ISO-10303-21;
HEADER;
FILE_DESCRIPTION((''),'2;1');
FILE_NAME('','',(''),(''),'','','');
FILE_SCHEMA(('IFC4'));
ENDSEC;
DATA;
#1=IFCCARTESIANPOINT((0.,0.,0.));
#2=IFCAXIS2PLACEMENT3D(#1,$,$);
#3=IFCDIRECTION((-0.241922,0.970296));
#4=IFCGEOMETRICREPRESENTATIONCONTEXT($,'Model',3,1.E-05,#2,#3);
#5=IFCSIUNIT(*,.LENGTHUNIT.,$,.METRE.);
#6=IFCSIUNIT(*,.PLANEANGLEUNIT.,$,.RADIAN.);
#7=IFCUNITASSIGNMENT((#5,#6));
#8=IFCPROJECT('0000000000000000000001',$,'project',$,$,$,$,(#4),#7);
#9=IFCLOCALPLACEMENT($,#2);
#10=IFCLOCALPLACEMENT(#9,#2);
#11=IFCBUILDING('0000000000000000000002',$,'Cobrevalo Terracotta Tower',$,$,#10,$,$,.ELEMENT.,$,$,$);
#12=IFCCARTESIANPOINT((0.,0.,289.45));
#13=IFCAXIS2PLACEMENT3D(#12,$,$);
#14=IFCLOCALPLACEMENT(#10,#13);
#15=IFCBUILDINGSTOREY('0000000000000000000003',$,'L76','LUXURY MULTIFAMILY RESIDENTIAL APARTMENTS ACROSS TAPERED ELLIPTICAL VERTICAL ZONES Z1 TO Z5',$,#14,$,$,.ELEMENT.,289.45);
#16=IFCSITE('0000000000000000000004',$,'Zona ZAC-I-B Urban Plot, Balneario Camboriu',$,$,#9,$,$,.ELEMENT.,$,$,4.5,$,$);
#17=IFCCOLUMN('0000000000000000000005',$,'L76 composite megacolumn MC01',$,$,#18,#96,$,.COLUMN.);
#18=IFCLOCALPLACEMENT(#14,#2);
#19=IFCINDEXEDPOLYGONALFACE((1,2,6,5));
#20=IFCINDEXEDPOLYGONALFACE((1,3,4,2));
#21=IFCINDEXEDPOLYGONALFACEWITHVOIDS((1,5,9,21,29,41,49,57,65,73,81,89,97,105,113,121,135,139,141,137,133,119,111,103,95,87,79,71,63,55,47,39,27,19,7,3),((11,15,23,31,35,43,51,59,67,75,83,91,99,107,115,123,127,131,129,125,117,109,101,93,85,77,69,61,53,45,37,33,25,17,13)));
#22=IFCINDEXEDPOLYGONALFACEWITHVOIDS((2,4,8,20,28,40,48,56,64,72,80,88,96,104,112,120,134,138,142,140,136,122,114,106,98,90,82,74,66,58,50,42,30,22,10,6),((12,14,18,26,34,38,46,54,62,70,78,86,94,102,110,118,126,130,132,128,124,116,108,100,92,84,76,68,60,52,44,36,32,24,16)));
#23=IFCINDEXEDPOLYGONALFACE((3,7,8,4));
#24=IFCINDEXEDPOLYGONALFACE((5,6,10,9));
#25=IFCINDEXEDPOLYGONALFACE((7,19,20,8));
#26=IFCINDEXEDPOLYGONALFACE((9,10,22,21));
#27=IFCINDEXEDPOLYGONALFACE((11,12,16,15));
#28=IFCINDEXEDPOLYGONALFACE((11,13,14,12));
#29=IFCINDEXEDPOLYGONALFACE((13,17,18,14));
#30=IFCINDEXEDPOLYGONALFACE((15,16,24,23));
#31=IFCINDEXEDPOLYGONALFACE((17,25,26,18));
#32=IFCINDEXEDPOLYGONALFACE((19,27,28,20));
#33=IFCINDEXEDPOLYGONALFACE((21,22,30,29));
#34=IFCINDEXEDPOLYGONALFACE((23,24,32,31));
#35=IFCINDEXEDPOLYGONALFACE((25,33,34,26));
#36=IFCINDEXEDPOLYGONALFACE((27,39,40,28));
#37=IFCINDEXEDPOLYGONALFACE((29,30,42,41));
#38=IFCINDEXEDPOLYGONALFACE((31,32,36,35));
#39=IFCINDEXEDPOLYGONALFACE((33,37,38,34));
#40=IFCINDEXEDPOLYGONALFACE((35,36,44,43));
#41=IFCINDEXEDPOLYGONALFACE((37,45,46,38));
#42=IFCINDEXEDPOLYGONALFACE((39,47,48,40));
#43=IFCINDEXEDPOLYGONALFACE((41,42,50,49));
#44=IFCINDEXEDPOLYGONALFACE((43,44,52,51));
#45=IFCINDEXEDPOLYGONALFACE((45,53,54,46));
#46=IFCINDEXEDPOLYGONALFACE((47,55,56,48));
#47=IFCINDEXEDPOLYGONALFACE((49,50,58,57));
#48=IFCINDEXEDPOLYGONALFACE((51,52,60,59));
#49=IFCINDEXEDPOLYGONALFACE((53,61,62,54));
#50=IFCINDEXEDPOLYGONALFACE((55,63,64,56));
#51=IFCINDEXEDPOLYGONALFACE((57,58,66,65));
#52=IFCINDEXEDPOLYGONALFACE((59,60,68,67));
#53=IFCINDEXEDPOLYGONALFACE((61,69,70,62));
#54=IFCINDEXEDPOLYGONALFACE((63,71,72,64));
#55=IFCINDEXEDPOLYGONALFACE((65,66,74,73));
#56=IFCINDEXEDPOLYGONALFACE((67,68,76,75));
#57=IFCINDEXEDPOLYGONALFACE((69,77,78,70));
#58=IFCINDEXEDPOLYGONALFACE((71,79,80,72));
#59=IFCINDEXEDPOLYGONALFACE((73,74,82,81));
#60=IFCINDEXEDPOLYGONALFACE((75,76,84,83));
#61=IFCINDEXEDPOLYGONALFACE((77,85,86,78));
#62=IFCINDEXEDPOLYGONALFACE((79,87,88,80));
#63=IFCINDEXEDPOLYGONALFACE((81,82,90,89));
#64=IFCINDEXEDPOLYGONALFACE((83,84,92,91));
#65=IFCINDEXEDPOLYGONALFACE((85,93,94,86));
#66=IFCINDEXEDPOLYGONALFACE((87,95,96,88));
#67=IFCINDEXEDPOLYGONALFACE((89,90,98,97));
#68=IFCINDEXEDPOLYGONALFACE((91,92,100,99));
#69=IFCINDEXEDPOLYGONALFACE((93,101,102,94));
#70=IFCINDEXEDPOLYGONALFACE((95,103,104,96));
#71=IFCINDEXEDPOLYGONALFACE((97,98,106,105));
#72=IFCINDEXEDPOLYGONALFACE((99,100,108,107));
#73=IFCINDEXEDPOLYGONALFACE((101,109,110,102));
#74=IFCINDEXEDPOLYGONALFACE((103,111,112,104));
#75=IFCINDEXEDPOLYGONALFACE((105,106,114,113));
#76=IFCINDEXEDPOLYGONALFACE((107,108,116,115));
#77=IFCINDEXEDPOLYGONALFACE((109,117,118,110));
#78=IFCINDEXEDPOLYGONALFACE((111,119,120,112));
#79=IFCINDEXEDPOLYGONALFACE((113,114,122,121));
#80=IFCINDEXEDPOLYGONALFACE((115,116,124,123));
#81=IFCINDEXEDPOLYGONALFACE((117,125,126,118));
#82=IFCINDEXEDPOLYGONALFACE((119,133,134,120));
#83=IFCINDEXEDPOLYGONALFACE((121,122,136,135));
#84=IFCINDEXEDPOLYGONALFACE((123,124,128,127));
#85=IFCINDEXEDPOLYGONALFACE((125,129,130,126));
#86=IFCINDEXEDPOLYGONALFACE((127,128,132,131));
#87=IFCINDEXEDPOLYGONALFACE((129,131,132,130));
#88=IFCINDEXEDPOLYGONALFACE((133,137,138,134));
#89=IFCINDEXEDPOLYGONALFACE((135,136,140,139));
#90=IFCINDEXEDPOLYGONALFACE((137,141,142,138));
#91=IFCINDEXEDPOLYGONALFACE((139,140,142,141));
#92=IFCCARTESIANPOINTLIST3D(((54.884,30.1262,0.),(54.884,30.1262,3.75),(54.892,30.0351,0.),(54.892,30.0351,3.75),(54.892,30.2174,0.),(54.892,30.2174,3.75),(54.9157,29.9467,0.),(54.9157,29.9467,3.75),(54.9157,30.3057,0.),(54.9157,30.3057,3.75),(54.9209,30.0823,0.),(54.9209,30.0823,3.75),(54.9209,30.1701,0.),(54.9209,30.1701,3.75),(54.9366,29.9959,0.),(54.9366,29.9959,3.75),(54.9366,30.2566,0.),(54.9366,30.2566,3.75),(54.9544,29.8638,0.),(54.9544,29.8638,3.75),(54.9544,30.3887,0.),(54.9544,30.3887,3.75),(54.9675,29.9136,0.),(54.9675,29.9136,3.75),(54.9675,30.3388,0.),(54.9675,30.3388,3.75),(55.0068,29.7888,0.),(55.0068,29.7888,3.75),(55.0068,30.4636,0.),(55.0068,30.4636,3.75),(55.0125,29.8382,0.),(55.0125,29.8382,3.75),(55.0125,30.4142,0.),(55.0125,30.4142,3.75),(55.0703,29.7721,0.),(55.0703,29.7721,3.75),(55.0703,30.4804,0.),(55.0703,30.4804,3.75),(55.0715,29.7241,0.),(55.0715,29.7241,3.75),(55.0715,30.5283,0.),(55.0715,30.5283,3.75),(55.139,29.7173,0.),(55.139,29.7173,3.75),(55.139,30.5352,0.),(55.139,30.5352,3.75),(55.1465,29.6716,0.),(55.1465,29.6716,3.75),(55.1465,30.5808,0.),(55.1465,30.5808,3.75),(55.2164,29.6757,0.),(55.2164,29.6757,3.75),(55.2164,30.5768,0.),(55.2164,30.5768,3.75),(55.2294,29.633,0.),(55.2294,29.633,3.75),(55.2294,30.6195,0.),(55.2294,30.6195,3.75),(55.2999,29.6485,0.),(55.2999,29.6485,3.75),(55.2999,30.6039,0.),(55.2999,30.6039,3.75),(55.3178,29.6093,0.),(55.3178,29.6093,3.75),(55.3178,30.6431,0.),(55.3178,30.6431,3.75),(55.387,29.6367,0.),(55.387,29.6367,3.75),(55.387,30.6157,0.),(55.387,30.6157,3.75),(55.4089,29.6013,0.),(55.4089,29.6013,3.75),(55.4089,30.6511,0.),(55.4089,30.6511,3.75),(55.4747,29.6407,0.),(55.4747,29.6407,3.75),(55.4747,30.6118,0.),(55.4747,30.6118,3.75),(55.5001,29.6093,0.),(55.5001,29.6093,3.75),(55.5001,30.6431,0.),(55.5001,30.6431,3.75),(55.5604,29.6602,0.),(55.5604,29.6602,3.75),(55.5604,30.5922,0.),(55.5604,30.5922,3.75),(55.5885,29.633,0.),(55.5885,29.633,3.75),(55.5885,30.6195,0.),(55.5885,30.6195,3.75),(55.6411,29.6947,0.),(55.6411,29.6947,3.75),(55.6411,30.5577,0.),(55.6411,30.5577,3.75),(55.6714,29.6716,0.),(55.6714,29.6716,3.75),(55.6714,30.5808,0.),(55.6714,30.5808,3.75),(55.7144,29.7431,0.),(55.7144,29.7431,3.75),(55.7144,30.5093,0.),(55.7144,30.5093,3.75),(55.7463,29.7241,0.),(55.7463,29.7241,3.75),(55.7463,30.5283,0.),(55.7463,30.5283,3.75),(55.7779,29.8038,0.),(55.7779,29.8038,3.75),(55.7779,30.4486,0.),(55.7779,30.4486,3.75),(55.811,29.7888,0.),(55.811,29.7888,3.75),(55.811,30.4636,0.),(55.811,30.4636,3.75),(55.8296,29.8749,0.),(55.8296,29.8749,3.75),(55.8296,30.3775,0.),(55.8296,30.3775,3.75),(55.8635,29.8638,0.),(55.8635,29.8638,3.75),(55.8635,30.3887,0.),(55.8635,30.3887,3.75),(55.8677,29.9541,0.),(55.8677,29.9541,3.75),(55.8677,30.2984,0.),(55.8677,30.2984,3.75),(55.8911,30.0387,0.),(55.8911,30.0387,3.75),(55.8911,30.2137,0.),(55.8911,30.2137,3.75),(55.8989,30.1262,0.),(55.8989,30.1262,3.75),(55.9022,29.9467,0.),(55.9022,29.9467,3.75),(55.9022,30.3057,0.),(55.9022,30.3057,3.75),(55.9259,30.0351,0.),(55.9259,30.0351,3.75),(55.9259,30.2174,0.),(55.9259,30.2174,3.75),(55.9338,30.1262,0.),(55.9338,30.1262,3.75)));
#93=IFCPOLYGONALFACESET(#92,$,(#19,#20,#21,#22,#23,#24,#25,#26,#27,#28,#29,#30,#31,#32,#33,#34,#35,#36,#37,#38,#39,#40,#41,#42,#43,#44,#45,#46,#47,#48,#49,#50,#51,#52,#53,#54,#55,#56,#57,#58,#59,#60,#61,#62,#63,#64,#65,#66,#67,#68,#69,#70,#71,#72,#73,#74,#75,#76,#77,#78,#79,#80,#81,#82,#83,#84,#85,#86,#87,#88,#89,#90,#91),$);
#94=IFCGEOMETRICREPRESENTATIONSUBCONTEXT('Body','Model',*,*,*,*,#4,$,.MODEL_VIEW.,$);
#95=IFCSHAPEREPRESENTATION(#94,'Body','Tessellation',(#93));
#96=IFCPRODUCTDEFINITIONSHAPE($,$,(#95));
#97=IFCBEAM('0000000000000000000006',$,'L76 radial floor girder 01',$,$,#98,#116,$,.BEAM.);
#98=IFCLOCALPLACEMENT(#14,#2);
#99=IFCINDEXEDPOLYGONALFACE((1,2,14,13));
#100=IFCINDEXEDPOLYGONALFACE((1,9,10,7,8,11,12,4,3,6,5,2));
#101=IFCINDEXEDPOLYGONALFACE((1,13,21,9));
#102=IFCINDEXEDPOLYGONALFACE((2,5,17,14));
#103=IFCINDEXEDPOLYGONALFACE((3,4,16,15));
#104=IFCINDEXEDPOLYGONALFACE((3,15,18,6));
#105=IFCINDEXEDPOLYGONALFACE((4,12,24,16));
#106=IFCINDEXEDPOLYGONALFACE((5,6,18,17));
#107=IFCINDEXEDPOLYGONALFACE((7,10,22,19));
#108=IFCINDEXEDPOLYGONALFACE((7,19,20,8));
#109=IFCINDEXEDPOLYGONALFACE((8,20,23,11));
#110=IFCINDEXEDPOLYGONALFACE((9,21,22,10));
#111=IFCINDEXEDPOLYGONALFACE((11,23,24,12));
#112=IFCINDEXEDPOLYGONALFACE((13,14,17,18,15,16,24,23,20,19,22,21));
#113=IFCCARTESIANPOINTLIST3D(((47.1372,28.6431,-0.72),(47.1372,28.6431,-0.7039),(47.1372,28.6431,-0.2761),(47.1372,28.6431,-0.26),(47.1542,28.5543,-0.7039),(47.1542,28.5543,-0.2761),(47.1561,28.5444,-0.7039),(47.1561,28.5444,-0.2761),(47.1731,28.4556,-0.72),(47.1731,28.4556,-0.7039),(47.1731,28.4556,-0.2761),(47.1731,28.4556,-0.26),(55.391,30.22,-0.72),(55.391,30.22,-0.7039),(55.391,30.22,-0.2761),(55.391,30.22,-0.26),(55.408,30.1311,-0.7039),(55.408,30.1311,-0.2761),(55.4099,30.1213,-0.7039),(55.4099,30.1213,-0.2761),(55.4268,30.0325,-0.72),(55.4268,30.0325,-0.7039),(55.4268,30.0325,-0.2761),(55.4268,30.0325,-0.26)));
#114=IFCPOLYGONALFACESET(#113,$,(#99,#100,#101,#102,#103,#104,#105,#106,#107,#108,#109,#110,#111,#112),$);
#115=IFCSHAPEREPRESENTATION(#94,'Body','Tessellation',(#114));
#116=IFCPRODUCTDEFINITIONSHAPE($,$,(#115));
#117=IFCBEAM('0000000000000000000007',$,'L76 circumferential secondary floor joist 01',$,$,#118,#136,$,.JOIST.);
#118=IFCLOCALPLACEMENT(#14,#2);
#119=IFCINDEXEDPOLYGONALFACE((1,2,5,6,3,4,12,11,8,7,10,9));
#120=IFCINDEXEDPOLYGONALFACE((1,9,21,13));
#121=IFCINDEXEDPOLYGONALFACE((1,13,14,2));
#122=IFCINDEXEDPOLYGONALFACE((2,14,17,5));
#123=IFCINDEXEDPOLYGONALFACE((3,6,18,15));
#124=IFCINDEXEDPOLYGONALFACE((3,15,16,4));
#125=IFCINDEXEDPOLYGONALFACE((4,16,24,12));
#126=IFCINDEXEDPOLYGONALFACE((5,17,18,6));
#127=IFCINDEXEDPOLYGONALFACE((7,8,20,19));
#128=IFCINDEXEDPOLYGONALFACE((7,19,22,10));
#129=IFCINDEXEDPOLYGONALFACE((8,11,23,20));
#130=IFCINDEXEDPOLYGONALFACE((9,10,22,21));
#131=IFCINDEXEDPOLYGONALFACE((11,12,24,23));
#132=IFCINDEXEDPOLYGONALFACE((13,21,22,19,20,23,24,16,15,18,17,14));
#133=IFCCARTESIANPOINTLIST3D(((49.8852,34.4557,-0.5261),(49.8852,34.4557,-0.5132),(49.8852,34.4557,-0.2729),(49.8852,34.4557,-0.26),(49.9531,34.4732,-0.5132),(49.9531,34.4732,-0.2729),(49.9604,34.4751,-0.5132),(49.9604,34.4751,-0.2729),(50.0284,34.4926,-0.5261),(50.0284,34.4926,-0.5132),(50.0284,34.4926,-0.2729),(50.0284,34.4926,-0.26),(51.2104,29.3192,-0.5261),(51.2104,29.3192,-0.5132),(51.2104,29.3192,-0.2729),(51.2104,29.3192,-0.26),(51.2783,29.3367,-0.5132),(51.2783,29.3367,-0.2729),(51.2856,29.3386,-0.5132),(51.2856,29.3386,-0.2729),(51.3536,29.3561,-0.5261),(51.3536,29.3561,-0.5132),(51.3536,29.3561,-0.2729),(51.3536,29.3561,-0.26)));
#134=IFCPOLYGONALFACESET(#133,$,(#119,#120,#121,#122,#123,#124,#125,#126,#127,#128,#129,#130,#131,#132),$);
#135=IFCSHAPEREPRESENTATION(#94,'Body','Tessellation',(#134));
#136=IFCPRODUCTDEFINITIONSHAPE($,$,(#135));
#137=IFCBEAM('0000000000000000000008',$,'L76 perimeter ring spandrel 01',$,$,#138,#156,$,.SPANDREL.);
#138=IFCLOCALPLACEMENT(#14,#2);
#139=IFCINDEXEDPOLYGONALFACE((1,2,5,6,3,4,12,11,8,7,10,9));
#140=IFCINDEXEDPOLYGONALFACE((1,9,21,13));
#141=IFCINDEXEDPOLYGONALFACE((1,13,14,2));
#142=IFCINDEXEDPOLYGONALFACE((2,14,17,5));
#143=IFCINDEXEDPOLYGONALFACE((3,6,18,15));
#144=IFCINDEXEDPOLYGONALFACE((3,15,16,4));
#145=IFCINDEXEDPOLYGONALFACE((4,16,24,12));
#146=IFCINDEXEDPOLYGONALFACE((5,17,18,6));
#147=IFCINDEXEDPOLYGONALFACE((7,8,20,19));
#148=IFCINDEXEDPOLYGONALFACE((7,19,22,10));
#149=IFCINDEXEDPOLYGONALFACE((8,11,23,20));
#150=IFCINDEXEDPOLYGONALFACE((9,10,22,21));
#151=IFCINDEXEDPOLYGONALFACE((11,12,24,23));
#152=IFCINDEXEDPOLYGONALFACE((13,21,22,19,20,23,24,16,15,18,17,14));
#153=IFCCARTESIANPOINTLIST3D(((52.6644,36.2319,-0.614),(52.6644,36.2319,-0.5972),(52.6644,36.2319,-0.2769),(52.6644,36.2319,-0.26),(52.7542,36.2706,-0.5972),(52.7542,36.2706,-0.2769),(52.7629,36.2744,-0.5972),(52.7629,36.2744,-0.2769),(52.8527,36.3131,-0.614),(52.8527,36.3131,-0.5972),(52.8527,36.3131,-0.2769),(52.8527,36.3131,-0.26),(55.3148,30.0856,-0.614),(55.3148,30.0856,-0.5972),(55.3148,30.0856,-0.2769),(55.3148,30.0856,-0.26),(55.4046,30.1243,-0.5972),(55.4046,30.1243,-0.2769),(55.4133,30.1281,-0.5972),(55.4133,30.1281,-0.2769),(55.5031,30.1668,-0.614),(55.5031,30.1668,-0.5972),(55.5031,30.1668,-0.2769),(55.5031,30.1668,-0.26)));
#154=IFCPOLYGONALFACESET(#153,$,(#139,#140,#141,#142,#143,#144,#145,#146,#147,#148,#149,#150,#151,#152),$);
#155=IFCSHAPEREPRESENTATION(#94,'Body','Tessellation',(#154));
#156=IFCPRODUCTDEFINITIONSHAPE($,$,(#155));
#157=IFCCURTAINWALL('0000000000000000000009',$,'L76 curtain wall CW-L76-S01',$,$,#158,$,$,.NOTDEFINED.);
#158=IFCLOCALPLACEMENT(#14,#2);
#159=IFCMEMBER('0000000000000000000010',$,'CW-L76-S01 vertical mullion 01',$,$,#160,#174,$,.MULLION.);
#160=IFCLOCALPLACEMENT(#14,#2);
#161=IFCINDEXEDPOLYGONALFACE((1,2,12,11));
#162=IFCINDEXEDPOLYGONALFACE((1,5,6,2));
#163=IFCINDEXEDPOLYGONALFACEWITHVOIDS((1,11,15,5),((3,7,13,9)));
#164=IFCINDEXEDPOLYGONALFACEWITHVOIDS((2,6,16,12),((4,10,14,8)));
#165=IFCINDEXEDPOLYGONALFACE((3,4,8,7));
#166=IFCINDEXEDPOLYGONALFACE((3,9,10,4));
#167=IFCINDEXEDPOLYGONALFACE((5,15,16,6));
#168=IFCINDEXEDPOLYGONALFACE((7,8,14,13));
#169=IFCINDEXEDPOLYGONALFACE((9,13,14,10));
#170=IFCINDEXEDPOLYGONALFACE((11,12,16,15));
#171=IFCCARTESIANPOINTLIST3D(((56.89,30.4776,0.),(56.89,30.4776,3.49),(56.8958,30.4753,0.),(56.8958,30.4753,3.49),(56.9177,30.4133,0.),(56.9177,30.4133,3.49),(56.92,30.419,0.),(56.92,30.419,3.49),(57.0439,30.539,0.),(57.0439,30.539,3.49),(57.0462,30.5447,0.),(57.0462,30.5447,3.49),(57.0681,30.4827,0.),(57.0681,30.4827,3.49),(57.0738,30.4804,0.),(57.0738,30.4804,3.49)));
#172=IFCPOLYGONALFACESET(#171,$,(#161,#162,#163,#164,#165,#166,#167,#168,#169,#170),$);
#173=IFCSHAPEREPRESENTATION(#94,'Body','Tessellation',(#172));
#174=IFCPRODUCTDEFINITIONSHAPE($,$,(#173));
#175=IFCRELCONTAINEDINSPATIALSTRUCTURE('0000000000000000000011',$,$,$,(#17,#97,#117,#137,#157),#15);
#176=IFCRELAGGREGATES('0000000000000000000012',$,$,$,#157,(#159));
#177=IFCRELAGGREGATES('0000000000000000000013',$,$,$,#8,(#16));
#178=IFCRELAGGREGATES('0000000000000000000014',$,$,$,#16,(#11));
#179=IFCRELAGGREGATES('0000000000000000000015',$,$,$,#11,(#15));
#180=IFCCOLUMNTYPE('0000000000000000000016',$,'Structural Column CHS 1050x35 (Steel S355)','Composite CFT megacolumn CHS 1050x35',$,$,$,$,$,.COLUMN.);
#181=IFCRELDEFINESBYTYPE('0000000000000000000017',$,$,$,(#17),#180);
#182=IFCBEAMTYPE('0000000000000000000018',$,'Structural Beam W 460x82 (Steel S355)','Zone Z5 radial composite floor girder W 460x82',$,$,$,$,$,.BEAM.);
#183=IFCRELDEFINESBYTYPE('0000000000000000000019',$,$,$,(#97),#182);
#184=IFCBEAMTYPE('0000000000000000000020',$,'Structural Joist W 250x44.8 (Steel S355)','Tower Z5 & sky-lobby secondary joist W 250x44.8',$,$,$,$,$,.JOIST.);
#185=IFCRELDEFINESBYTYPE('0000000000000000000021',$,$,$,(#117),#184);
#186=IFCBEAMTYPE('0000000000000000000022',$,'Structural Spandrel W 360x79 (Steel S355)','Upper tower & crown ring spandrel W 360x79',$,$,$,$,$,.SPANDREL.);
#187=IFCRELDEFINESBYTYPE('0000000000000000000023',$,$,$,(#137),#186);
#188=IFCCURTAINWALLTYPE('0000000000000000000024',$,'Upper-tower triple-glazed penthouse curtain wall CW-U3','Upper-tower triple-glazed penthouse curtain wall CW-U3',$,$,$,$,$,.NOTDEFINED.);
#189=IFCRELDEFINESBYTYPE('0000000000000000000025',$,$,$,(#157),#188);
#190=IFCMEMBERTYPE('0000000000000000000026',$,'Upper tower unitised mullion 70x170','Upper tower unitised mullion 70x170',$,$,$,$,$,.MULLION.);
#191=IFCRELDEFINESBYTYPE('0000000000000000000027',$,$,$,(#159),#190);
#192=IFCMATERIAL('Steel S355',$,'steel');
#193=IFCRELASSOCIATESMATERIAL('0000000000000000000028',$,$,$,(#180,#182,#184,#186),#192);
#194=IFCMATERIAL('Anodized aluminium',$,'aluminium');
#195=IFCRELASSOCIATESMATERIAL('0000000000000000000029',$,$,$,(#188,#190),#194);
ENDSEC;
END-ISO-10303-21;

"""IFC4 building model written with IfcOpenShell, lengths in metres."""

from ifc_helpers import new_model, si_unit, direction, frame, origin, origin_2d, place, context, subcontext, project, spatial, hollow_rectangle, hollow_circle, i_section, extrude, source, transform, mapped, material, material_profile, profile_set, type_object, element, aggregate, save


model = new_model("IFC4")

# Units and contexts
model_context = context("Model", 3, precision=1e-05, world=origin(), true_north=direction((-0.241922, 0.970296)))
body_context = subcontext(model_context, "Body", "Model", "MODEL_VIEW")
ifc_project = project(units=[si_unit("LENGTHUNIT", "METRE"), si_unit("PLANEANGLEUNIT", "RADIAN")], contexts=[model_context])

# Site, building, storey
site_placement = place(None, origin())
site = spatial("IfcSite", under=ifc_project, at=site_placement, Name="Zona ZAC-I-B Urban Plot, Balneario Camboriu", CompositionType="ELEMENT", RefElevation=4.5)
building_placement = place(site_placement, origin())
building = spatial("IfcBuilding", under=site, at=building_placement, Name="Cobrevalo Terracotta Tower", CompositionType="ELEMENT")
storey_placement = place(building_placement, frame((0.0, 0.0, 289.45)))
storey = spatial("IfcBuildingStorey", under=building, at=storey_placement, Name="L76", Description="LUXURY MULTIFAMILY RESIDENTIAL APARTMENTS ACROSS TAPERED ELLIPTICAL VERTICAL ZONES Z1 TO Z5", CompositionType="ELEMENT", Elevation=289.45)

# Column
ifc_material_1 = material(Name="Steel S355", Category="steel")
ifc_material_profile_1 = material_profile(ifc_material_1, hollow_circle(Radius=0.5249, WallThickness=0.0349, at=origin_2d()), Name="CHS 1050x35")
ifc_profile_set_1 = profile_set([ifc_material_profile_1], Name="Steel S355")
column_type = type_object("IfcColumnType", Name="Structural Column CHS 1050x35 (Steel S355)", Description="Composite CFT megacolumn CHS 1050x35", PredefinedType="COLUMN", material=ifc_profile_set_1)
column_placement = place(storey_placement, frame((55.4089, 30.1262, 0.0), z_axis=(0.0, 0.0, 1.0), x_axis=(1.0, 0.0, 0.0)))
element("IfcColumn", 1, at=column_placement, inside=storey, type_object=column_type, Name="L76 composite megacolumn MC01", PredefinedType="COLUMN", context=body_context, shape_type="SweptSolid", body=[
    extrude(hollow_circle(Radius=0.5249, WallThickness=0.0349, at=origin_2d()), origin(), (0.0, 0.0, 1.0), 3.75),
])

# Beams
ifc_material_profile_2 = material_profile(ifc_material_1, i_section(OverallWidth=0.1909, OverallDepth=0.46, WebThickness=0.01, FlangeThickness=0.0161, at=origin_2d()), Name="W 460x82")
ifc_profile_set_2 = profile_set([ifc_material_profile_2], Name="Steel S355")
beam_type_1 = type_object("IfcBeamType", Name="Structural Beam W 460x82 (Steel S355)", Description="Zone Z5 radial composite floor girder W 460x82", PredefinedType="BEAM", material=ifc_profile_set_2)
beam_1_placement = place(storey_placement, frame((55.4089, 30.1262, -0.49), z_axis=(-0.982235, -0.187655, 0.0), x_axis=(0.187655, -0.982235, 0.0)))
element("IfcBeam", 2, at=beam_1_placement, inside=storey, type_object=beam_type_1, Name="L76 radial floor girder 01", PredefinedType="BEAM", context=body_context, shape_type="SweptSolid", body=[
    extrude(i_section(OverallWidth=0.1909, OverallDepth=0.46, WebThickness=0.01, FlangeThickness=0.0161, at=origin_2d()), origin(), (0.0, 0.0, 1.0), 8.4031),
])
ifc_material_profile_3 = material_profile(ifc_material_1, i_section(OverallWidth=0.1479, OverallDepth=0.2661, WebThickness=0.0076, FlangeThickness=0.0129, at=origin_2d()), Name="W 250x44.8")
ifc_profile_set_3 = profile_set([ifc_material_profile_3], Name="Steel S355")
beam_type_2 = type_object("IfcBeamType", Name="Structural Joist W 250x44.8 (Steel S355)", Description="Tower Z5 & sky-lobby secondary joist W 250x44.8", PredefinedType="JOIST", material=ifc_profile_set_3)
beam_2_placement = place(storey_placement, frame((51.282, 29.3376, -0.3931), z_axis=(-0.249817, 0.968293, 0.0), x_axis=(-0.968293, -0.249817, 0.0)))
element("IfcBeam", 3, at=beam_2_placement, inside=storey, type_object=beam_type_2, Name="L76 circumferential secondary floor joist 01", PredefinedType="JOIST", context=body_context, shape_type="SweptSolid", body=[
    extrude(i_section(OverallWidth=0.1479, OverallDepth=0.2661, WebThickness=0.0076, FlangeThickness=0.0129, at=origin_2d()), origin(), (0.0, 0.0, 1.0), 5.3047),
])
ifc_material_profile_4 = material_profile(ifc_material_1, i_section(OverallWidth=0.2051, OverallDepth=0.354, WebThickness=0.0095, FlangeThickness=0.0168, at=origin_2d()), Name="W 360x79")
ifc_profile_set_4 = profile_set([ifc_material_profile_4], Name="Steel S355")
beam_type_3 = type_object("IfcBeamType", Name="Structural Spandrel W 360x79 (Steel S355)", Description="Upper tower & crown ring spandrel W 360x79", PredefinedType="SPANDREL", material=ifc_profile_set_4)
beam_3_placement = place(storey_placement, frame((55.4089, 30.1262, -0.437), z_axis=(-0.395974, 0.918262, 0.0), x_axis=(-0.918262, -0.395974, 0.0)))
element("IfcBeam", 4, at=beam_3_placement, inside=storey, type_object=beam_type_3, Name="L76 perimeter ring spandrel 01", PredefinedType="SPANDREL", context=body_context, shape_type="SweptSolid", body=[
    extrude(i_section(OverallWidth=0.2051, OverallDepth=0.354, WebThickness=0.0095, FlangeThickness=0.0168, at=origin_2d()), origin(), (0.0, 0.0, 1.0), 6.6934),
])

# Curtain wall, member
ifc_material_2 = material(Name="Anodized aluminium", Category="aluminium")
curtain_wall_type = type_object("IfcCurtainWallType", Name="Upper-tower triple-glazed penthouse curtain wall CW-U3", Description="Upper-tower triple-glazed penthouse curtain wall CW-U3", PredefinedType="NOTDEFINED", material=ifc_material_2)
curtain_wall_1_placement = place(storey_placement, origin())
curtain_wall_1 = element("IfcCurtainWall", 5, at=curtain_wall_1_placement, inside=storey, type_object=curtain_wall_type, Name="L76 curtain wall CW-L76-S01", PredefinedType="NOTDEFINED")
ifc_material_profile_5 = material_profile(ifc_material_2, hollow_rectangle(XDim=0.0701, YDim=0.1699, WallThickness=0.0044, at=origin_2d()), Name="CWM 70x170")
ifc_profile_set_5 = profile_set([ifc_material_profile_5], Name="Anodized aluminium")
member_type_1 = type_object("IfcMemberType", Name="Upper tower unitised mullion 70x170", Description="Upper tower unitised mullion 70x170", PredefinedType="MULLION", material=ifc_profile_set_5)
shared_shape_1 = source(origin(), body_context, "Body", "SweptSolid", [
    extrude(hollow_rectangle(XDim=0.0701, YDim=0.1699, WallThickness=0.0044, at=origin_2d()), origin(), (0.0, 0.0, 1.0), 3.49),
])
member_1_placement = place(storey_placement, frame((56.9819, 30.479, 0.0), z_axis=(0.0, 0.0, 1.0), x_axis=(-0.394824, 0.918757, 0.0)))
member_1 = element("IfcMember", 6, at=member_1_placement, type_object=member_type_1, Name="CW-L76-S01 vertical mullion 01", PredefinedType="MULLION", context=body_context, shape_type="MappedRepresentation", body=[
    mapped(shared_shape_1, transform((0.0, 0.0, 0.0), scale=1.0)),
])

aggregate(curtain_wall_1, [member_1])

save(model, "model.ifc")
